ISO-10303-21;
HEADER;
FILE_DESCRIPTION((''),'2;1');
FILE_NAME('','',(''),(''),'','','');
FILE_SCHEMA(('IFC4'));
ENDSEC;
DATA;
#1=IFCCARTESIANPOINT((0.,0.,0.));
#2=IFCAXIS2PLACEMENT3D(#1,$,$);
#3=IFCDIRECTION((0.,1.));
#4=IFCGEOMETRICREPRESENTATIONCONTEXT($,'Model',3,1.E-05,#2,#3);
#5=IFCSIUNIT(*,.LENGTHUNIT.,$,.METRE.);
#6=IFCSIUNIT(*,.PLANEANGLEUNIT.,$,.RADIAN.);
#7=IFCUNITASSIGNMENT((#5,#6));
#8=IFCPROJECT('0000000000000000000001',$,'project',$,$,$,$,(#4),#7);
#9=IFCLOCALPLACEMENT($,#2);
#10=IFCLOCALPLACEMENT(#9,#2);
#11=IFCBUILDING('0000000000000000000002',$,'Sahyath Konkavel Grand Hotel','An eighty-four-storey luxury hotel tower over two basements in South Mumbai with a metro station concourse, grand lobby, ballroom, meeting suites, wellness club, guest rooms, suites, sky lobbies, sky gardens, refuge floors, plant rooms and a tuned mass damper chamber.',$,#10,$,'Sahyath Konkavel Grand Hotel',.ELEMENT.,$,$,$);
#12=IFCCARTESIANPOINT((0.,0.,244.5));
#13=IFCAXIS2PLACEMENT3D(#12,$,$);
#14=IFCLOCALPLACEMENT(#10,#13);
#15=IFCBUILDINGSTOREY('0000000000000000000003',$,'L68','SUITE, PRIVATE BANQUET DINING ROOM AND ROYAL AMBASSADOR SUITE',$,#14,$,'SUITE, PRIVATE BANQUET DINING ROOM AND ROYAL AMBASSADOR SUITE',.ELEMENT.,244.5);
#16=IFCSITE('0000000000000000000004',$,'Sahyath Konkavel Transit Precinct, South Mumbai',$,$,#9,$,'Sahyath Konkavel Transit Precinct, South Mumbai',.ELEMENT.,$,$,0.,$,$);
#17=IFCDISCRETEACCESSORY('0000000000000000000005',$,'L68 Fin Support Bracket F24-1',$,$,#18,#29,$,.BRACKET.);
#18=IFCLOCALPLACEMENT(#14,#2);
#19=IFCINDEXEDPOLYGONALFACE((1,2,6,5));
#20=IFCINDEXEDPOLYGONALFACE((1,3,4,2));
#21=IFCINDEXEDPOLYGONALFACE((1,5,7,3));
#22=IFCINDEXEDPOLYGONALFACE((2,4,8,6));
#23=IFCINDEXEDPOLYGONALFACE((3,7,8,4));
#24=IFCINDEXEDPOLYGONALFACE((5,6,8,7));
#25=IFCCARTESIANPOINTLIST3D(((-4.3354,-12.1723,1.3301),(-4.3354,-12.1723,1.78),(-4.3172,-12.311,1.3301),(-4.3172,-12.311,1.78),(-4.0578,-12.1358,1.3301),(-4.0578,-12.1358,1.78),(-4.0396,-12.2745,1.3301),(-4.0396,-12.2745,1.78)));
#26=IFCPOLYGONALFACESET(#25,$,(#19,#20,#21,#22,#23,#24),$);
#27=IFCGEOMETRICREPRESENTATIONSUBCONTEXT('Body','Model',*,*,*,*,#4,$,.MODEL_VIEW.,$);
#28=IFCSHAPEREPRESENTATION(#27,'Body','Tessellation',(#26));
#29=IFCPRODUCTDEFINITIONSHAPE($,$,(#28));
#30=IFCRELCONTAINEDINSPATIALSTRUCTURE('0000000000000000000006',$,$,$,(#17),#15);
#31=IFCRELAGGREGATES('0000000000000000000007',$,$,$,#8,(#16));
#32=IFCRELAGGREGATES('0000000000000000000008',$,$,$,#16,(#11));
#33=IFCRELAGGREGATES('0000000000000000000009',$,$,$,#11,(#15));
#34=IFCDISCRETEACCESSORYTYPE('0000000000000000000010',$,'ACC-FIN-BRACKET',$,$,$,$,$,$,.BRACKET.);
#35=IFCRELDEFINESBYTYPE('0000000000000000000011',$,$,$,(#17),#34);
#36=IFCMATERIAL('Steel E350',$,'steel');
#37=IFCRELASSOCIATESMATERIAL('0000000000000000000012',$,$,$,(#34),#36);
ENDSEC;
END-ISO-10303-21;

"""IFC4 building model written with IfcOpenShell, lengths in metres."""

from ifc_helpers import new_model, si_unit, direction, frame, origin, origin_2d, place, context, subcontext, project, spatial, rectangle, extrude, source, transform, mapped, material, type_object, element, save


model = new_model("IFC4")

# Units and contexts
model_context = context("Model", 3, precision=1e-05, world=origin(), true_north=direction((0.0, 1.0)))
body_context = subcontext(model_context, "Body", "Model", "MODEL_VIEW")
ifc_project = project(units=[si_unit("LENGTHUNIT", "METRE"), si_unit("PLANEANGLEUNIT", "RADIAN")], contexts=[model_context])

# Site, building, storey
site_placement = place(None, origin())
site = spatial("IfcSite", under=ifc_project, at=site_placement, Name="Sahyath Konkavel Transit Precinct, South Mumbai", LongName="Sahyath Konkavel Transit Precinct, South Mumbai", CompositionType="ELEMENT", RefElevation=0.0)
building_placement = place(site_placement, origin())
building = spatial("IfcBuilding", under=site, at=building_placement, Name="Sahyath Konkavel Grand Hotel", Description="An eighty-four-storey luxury hotel tower over two basements in South Mumbai with a metro station concourse, grand lobby, ballroom, meeting suites, wellness club, guest rooms, suites, sky lobbies, sky gardens, refuge floors, plant rooms and a tuned mass damper chamber.", LongName="Sahyath Konkavel Grand Hotel", CompositionType="ELEMENT")
storey_placement = place(building_placement, frame((0.0, 0.0, 244.5)))
storey = spatial("IfcBuildingStorey", under=building, at=storey_placement, Name="L68", Description="SUITE, PRIVATE BANQUET DINING ROOM AND ROYAL AMBASSADOR SUITE", LongName="SUITE, PRIVATE BANQUET DINING ROOM AND ROYAL AMBASSADOR SUITE", CompositionType="ELEMENT", Elevation=244.5)

# Discrete accessory
ifc_material_1 = material(Name="Steel E350", Category="steel")
discrete_accessory_type = type_object("IfcDiscreteAccessoryType", Name="ACC-FIN-BRACKET", PredefinedType="BRACKET", material=ifc_material_1)
shared_shape_1 = source(origin(), body_context, "Body", "SweptSolid", [
    extrude(rectangle(XDim=0.28, YDim=0.1399, at=origin_2d()), origin(), (0.0, 0.0, 1.0), 0.45),
])
for number, where, z_axis, x_axis, name in (
    (1, (-4.1875, -12.2234, 1.3301), (0.0, 0.0, 1.0), (-0.991445, -0.130526, 0.0), "L68 Fin Support Bracket F24-1"),
):
    element("IfcDiscreteAccessory", number, at=place(storey_placement, frame(where, z_axis=z_axis, x_axis=x_axis)), inside=storey, type_object=discrete_accessory_type, Name=name, PredefinedType="BRACKET", context=body_context, shape_type="MappedRepresentation", body=[
        mapped(shared_shape_1, transform((0.0, 0.0, 0.0), scale=1.0)),
    ])

save(model, "model.ifc")
